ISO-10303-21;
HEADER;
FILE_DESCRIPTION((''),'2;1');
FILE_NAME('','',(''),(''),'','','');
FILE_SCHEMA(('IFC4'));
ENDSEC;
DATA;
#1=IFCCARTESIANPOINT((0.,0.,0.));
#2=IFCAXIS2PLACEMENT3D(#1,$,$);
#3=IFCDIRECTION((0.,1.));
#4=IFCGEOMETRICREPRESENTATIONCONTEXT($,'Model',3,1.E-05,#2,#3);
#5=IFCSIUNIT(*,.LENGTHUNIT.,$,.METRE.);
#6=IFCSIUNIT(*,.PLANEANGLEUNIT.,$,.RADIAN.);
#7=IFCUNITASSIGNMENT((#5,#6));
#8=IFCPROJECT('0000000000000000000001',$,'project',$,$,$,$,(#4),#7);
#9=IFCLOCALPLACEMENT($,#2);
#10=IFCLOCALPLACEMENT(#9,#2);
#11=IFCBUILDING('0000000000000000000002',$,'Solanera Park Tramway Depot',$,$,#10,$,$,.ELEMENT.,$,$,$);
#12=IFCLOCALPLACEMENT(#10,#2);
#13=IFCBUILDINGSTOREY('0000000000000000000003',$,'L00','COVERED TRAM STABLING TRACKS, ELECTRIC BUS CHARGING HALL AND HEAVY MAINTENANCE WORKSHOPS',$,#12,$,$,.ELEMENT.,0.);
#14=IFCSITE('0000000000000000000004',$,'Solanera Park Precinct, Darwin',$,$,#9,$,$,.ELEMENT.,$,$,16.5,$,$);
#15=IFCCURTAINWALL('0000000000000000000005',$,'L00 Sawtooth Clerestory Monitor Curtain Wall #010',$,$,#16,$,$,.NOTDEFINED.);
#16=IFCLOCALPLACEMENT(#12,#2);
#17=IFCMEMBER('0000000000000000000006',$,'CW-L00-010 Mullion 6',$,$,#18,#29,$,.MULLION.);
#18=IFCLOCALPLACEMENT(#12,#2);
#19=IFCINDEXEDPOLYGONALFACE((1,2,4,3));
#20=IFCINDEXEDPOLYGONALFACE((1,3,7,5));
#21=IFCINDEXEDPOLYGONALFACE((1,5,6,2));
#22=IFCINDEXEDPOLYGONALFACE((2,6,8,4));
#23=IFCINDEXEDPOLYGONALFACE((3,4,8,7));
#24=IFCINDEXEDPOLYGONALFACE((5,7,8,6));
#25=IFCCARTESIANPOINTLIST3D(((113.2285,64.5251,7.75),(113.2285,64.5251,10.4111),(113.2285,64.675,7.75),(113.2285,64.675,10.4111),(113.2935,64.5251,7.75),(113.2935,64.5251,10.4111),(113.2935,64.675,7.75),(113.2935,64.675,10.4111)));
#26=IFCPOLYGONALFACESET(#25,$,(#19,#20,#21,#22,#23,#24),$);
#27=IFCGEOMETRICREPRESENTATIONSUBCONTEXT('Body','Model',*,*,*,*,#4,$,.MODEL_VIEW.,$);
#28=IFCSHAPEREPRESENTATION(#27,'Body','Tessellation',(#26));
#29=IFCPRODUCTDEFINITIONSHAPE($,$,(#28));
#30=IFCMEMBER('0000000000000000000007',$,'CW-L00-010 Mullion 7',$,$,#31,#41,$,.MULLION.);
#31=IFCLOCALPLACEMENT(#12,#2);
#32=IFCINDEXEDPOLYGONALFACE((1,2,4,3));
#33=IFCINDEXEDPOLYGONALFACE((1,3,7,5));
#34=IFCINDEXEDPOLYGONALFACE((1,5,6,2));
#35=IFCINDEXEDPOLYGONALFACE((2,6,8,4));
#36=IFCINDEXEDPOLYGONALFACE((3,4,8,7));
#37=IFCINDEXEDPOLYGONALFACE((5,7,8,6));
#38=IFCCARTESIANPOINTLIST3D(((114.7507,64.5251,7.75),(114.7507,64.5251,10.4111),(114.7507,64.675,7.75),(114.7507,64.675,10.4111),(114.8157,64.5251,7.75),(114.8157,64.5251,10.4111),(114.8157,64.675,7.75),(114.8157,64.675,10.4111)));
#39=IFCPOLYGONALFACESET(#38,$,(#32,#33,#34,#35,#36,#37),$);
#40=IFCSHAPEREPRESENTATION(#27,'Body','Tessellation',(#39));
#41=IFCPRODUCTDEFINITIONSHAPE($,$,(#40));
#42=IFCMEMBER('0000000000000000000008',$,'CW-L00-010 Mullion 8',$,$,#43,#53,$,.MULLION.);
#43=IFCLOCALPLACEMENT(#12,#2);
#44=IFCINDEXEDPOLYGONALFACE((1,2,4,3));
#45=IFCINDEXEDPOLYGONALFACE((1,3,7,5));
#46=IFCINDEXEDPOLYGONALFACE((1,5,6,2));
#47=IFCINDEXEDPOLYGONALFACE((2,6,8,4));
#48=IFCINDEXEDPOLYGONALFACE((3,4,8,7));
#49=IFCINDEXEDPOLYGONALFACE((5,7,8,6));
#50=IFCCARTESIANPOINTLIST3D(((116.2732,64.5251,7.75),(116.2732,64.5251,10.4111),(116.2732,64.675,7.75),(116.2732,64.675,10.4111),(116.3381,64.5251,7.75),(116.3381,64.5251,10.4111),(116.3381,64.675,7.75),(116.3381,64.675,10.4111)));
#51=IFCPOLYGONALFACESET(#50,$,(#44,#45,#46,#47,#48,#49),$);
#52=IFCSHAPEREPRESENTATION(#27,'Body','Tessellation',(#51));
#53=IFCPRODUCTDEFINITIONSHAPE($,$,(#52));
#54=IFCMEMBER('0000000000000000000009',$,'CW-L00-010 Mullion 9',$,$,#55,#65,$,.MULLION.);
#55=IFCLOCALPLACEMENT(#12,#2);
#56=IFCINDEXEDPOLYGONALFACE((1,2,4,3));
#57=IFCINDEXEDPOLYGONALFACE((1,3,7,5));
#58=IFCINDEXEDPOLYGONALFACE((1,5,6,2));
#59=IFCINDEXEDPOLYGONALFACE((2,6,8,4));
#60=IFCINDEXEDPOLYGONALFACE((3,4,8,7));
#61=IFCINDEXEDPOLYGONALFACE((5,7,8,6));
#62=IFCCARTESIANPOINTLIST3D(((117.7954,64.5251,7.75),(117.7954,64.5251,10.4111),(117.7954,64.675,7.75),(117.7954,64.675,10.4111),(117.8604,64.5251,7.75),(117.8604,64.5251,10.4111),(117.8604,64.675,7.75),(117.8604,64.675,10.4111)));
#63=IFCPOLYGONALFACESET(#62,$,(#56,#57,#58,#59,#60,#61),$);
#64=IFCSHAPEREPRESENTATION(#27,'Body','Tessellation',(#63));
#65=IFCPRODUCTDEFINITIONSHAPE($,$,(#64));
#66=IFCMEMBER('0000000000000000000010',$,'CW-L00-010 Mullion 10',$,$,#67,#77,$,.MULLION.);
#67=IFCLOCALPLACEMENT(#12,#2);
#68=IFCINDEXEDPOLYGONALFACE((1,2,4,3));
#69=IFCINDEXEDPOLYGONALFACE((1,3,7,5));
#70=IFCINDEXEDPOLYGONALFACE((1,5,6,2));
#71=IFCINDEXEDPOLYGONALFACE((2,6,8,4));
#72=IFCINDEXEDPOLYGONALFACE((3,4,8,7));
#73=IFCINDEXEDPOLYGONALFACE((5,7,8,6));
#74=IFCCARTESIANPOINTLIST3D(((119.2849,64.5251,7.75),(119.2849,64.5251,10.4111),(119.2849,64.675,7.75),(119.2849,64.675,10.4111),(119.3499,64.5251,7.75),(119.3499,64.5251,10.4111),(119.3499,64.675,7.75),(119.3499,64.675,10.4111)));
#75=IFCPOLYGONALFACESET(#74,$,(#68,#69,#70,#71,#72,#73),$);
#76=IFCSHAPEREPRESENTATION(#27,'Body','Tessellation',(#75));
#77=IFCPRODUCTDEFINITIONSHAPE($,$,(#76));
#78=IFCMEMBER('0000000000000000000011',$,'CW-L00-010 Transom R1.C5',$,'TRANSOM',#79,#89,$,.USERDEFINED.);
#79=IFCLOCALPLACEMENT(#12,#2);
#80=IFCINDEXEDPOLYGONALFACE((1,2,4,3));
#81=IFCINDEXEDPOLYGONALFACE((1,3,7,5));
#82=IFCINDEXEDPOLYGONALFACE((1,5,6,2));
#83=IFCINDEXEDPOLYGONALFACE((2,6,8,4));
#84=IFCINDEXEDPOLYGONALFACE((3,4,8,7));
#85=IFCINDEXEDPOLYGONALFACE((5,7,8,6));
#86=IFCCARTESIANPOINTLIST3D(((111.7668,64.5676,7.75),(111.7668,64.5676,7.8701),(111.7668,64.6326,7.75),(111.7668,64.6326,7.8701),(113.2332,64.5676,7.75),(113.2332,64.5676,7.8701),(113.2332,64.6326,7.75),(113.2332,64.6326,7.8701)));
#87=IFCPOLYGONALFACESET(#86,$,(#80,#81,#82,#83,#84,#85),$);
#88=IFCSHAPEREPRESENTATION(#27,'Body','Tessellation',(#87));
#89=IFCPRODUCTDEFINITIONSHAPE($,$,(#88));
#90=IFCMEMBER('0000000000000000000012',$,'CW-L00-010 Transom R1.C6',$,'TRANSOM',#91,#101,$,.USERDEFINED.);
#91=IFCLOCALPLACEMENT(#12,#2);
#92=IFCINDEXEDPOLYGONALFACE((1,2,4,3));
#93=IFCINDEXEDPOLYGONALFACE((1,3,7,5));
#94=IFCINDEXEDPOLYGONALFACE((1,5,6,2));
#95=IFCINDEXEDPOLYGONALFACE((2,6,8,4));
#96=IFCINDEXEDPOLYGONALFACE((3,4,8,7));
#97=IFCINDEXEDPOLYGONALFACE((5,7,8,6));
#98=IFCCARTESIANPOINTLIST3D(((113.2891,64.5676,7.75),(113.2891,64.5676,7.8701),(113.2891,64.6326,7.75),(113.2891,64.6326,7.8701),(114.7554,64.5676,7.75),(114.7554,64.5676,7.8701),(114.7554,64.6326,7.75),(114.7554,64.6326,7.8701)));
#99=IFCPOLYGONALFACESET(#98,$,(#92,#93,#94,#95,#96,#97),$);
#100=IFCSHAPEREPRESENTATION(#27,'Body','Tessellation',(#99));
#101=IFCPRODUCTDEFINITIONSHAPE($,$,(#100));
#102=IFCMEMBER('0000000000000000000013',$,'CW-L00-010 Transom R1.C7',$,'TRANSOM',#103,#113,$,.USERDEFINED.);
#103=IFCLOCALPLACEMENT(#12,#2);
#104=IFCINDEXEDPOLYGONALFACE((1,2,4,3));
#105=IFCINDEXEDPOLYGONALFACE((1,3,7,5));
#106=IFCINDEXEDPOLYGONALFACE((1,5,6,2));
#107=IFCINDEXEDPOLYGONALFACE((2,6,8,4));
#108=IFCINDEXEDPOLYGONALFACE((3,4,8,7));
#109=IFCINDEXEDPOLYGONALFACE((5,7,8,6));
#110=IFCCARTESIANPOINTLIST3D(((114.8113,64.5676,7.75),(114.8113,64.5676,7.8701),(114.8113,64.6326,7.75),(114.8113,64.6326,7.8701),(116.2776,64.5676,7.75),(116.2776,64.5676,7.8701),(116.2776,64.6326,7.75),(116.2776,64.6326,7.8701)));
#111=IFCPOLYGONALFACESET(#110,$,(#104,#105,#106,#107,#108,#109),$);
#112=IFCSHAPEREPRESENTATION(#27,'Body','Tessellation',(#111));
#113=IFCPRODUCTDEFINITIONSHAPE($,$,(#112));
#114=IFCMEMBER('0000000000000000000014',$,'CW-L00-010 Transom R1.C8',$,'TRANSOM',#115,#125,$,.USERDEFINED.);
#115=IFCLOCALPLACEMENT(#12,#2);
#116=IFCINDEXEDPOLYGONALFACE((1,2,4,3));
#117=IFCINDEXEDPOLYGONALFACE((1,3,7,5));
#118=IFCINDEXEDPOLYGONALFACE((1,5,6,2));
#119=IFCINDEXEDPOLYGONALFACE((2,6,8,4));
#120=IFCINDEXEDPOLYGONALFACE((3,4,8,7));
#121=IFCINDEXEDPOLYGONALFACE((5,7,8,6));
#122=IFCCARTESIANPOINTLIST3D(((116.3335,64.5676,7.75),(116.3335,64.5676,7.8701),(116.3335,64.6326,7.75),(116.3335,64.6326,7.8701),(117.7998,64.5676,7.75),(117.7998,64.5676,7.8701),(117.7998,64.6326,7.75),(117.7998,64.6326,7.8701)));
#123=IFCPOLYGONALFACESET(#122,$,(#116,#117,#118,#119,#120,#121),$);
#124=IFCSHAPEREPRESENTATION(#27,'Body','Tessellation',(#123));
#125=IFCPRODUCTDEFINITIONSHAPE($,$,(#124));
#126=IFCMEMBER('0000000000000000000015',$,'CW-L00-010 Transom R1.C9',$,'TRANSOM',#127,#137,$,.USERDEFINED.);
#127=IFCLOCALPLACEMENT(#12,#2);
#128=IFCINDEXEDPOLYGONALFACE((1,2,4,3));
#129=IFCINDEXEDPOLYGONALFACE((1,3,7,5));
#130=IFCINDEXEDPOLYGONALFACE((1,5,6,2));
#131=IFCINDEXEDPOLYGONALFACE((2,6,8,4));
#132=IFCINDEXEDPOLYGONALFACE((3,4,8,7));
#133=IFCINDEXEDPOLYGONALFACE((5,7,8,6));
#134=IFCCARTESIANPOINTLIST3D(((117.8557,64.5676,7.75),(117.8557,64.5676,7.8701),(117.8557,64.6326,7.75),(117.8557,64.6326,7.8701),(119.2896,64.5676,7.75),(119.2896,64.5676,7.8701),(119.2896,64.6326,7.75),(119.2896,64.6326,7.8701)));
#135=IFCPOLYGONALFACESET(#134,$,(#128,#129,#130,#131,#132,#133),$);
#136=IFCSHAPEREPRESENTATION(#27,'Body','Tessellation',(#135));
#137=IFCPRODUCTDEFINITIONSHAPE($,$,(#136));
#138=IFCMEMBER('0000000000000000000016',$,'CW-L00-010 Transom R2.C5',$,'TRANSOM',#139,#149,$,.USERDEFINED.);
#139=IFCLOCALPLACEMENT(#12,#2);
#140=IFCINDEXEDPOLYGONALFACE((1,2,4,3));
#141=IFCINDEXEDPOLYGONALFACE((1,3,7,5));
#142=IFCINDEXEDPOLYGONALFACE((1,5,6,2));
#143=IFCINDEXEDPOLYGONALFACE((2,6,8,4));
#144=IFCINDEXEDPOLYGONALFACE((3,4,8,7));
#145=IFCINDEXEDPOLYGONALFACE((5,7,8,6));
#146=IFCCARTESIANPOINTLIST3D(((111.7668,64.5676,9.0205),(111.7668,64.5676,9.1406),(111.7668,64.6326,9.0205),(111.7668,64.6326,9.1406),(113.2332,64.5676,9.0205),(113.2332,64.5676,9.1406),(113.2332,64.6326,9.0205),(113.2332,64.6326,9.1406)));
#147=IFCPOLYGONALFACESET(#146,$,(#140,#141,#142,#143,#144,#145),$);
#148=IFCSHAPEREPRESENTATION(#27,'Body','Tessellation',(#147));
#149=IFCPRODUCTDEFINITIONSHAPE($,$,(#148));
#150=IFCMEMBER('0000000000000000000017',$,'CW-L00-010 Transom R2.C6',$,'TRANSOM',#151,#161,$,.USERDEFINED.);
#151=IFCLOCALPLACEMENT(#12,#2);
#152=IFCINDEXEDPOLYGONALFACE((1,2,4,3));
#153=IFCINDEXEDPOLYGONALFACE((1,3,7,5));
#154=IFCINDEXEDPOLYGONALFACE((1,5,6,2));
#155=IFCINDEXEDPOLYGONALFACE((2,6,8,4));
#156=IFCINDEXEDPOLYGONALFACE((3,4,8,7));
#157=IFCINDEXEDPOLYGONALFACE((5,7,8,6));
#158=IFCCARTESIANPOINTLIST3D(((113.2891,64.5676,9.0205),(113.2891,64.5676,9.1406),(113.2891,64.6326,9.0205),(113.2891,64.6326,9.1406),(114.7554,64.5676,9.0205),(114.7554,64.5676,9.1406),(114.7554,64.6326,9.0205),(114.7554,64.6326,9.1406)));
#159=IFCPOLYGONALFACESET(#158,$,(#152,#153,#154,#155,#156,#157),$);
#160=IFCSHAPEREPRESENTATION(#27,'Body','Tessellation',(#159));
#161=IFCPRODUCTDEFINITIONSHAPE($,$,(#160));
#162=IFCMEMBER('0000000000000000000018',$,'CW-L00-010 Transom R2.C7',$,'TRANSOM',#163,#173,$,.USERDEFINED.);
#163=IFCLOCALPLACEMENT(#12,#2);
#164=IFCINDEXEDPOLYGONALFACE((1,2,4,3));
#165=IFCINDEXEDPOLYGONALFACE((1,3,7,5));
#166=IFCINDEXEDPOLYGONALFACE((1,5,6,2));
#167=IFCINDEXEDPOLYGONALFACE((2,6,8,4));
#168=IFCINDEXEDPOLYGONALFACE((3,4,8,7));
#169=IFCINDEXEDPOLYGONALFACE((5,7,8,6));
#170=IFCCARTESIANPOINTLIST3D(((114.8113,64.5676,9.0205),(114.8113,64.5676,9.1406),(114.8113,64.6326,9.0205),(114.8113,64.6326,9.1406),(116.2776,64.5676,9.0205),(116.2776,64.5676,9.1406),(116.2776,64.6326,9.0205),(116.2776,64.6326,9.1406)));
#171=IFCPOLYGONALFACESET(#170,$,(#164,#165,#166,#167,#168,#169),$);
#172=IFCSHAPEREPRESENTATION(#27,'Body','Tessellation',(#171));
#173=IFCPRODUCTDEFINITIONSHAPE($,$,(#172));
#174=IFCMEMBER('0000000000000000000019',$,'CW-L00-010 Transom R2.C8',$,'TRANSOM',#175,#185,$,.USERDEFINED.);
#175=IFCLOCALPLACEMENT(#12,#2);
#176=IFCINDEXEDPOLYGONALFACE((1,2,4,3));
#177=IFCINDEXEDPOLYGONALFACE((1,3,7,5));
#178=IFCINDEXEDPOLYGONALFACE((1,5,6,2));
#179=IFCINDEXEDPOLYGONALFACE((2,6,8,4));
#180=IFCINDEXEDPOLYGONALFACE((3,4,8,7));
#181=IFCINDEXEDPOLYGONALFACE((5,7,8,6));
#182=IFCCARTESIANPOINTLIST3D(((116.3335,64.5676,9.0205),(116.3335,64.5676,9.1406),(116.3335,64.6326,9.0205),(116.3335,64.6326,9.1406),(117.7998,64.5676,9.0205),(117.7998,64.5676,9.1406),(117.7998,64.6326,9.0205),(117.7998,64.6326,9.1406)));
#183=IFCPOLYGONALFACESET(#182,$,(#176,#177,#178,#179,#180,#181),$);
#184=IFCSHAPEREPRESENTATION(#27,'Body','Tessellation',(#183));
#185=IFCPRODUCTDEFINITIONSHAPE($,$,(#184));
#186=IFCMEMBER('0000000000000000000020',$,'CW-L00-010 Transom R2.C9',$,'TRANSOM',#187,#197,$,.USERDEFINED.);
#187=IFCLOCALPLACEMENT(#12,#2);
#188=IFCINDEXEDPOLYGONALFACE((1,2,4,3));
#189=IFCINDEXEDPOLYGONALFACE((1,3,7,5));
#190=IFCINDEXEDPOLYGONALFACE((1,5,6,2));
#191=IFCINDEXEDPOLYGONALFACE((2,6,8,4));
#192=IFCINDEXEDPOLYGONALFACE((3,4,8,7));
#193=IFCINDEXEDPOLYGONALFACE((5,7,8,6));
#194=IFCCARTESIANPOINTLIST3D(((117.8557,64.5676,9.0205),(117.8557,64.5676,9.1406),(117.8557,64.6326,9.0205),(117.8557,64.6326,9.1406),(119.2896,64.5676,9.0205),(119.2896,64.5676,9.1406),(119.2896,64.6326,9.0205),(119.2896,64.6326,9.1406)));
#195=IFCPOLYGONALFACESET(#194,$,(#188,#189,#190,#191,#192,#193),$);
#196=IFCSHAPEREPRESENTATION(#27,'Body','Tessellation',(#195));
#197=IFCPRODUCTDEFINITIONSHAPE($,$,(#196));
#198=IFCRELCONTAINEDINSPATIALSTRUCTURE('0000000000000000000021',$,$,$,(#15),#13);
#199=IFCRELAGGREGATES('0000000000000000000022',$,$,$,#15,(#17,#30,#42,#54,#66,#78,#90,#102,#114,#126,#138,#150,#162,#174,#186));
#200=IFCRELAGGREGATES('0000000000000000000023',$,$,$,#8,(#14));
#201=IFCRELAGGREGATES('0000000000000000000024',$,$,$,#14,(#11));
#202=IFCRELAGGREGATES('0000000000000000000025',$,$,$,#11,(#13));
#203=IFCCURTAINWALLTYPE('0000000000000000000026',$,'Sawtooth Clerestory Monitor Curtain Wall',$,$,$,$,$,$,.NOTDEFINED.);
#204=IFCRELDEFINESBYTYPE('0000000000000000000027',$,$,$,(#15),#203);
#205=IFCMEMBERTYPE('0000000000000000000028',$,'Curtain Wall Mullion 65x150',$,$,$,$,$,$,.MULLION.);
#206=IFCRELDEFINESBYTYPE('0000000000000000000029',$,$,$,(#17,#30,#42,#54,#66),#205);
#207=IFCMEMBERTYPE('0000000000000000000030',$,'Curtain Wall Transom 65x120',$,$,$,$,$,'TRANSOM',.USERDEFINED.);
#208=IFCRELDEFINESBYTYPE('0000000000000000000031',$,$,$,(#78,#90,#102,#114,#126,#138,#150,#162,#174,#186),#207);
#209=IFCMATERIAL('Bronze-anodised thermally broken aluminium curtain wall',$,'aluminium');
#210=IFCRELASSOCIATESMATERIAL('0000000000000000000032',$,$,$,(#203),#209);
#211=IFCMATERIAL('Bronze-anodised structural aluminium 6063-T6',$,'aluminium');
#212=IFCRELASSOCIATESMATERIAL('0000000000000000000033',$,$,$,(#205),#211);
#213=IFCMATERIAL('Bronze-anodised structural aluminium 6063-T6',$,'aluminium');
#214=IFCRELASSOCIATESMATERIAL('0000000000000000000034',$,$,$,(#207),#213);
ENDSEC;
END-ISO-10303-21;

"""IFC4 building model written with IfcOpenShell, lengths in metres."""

from ifc_helpers import new_model, si_unit, direction, frame, origin, origin_2d, place, context, subcontext, project, spatial, rectangle, extrude, material, material_profile, profile_set, type_object, element, aggregate, save


model = new_model("IFC4")

# Units and contexts
model_context = context("Model", 3, precision=1e-05, world=origin(), true_north=direction((0.0, 1.0)))
body_context = subcontext(model_context, "Body", "Model", "MODEL_VIEW")
ifc_project = project(units=[si_unit("LENGTHUNIT", "METRE"), si_unit("PLANEANGLEUNIT", "RADIAN")], contexts=[model_context])

# Site, building, storey
site_placement = place(None, origin())
site = spatial("IfcSite", under=ifc_project, at=site_placement, Name="Solanera Park Precinct, Darwin", CompositionType="ELEMENT", RefElevation=16.5)
building_placement = place(site_placement, origin())
building = spatial("IfcBuilding", under=site, at=building_placement, Name="Solanera Park Tramway Depot", CompositionType="ELEMENT")
storey_placement = place(building_placement, origin())
storey = spatial("IfcBuildingStorey", under=building, at=storey_placement, Name="L00", Description="COVERED TRAM STABLING TRACKS, ELECTRIC BUS CHARGING HALL AND HEAVY MAINTENANCE WORKSHOPS", CompositionType="ELEMENT", Elevation=0.0)

# Curtain wall, members
ifc_material_1 = material(Name="Bronze-anodised thermally broken aluminium curtain wall", Category="aluminium")
curtain_wall_type = type_object("IfcCurtainWallType", Name="Sawtooth Clerestory Monitor Curtain Wall", PredefinedType="NOTDEFINED", material=ifc_material_1)
curtain_wall_placement = place(storey_placement, origin())
curtain_wall = element("IfcCurtainWall", 1, at=curtain_wall_placement, inside=storey, type_object=curtain_wall_type, Name="L00 Sawtooth Clerestory Monitor Curtain Wall #010", PredefinedType="NOTDEFINED")
ifc_material_2 = material(Name="Bronze-anodised structural aluminium 6063-T6", Category="aluminium")
ifc_material_profile_1 = material_profile(ifc_material_2, rectangle(XDim=0.0649, YDim=0.1499, at=origin_2d()), Name="Curtain Wall Mullion 65x150")
ifc_profile_set_1 = profile_set([ifc_material_profile_1], Name="Bronze-anodised structural aluminium 6063-T6")
member_type_1 = type_object("IfcMemberType", Name="Curtain Wall Mullion 65x150", PredefinedType="MULLION", material=ifc_profile_set_1)
member_1_placement = place(storey_placement, frame((113.261, 64.6001, 7.75), z_axis=(0.0, 0.0, 1.0), x_axis=(1.0, 0.0, 0.0)))
member_1 = element("IfcMember", 2, at=member_1_placement, type_object=member_type_1, Name="CW-L00-010 Mullion 6", PredefinedType="MULLION", context=body_context, shape_type="SweptSolid", body=[
    extrude(rectangle(XDim=0.0649, YDim=0.1499, at=origin_2d()), origin(), (0.0, 0.0, 1.0), 2.6611),
])
member_2_placement = place(storey_placement, frame((114.7832, 64.6001, 7.75), z_axis=(0.0, 0.0, 1.0), x_axis=(1.0, 0.0, 0.0)))
member_2 = element("IfcMember", 3, at=member_2_placement, type_object=member_type_1, Name="CW-L00-010 Mullion 7", PredefinedType="MULLION", context=body_context, shape_type="SweptSolid", body=[
    extrude(rectangle(XDim=0.0649, YDim=0.1499, at=origin_2d()), origin(), (0.0, 0.0, 1.0), 2.6611),
])
member_3_placement = place(storey_placement, frame((116.3057, 64.6001, 7.75), z_axis=(0.0, 0.0, 1.0), x_axis=(1.0, 0.0, 0.0)))
member_3 = element("IfcMember", 4, at=member_3_placement, type_object=member_type_1, Name="CW-L00-010 Mullion 8", PredefinedType="MULLION", context=body_context, shape_type="SweptSolid", body=[
    extrude(rectangle(XDim=0.0649, YDim=0.1499, at=origin_2d()), origin(), (0.0, 0.0, 1.0), 2.6611),
])
member_4_placement = place(storey_placement, frame((117.8279, 64.6001, 7.75), z_axis=(0.0, 0.0, 1.0), x_axis=(1.0, 0.0, 0.0)))
member_4 = element("IfcMember", 5, at=member_4_placement, type_object=member_type_1, Name="CW-L00-010 Mullion 9", PredefinedType="MULLION", context=body_context, shape_type="SweptSolid", body=[
    extrude(rectangle(XDim=0.0649, YDim=0.1499, at=origin_2d()), origin(), (0.0, 0.0, 1.0), 2.6611),
])
member_5_placement = place(storey_placement, frame((119.3174, 64.6001, 7.75), z_axis=(0.0, 0.0, 1.0), x_axis=(1.0, 0.0, 0.0)))
member_5 = element("IfcMember", 6, at=member_5_placement, type_object=member_type_1, Name="CW-L00-010 Mullion 10", PredefinedType="MULLION", context=body_context, shape_type="SweptSolid", body=[
    extrude(rectangle(XDim=0.0649, YDim=0.1499, at=origin_2d()), origin(), (0.0, 0.0, 1.0), 2.6611),
])
ifc_material_3 = material(Name="Bronze-anodised structural aluminium 6063-T6", Category="aluminium")
ifc_material_profile_2 = material_profile(ifc_material_3, rectangle(XDim=0.0649, YDim=0.1201, at=origin_2d()), Name="Curtain Wall Transom 65x120")
ifc_profile_set_2 = profile_set([ifc_material_profile_2], Name="Bronze-anodised structural aluminium 6063-T6")
member_type_2 = type_object("IfcMemberType", Name="Curtain Wall Transom 65x120", ElementType="TRANSOM", PredefinedType="USERDEFINED", material=ifc_profile_set_2)
member_6_placement = place(storey_placement, frame((111.7668, 64.6001, 7.8101), z_axis=(1.0, 0.0, 0.0), x_axis=(0.0, 1.0, 0.0)))
member_6 = element("IfcMember", 7, at=member_6_placement, type_object=member_type_2, Name="CW-L00-010 Transom R1.C5", ObjectType="TRANSOM", PredefinedType="USERDEFINED", context=body_context, shape_type="SweptSolid", body=[
    extrude(rectangle(XDim=0.0649, YDim=0.1201, at=origin_2d()), origin(), (0.0, 0.0, 1.0), 1.4663),
])
member_7_placement = place(storey_placement, frame((113.2891, 64.6001, 7.8101), z_axis=(1.0, 0.0, 0.0), x_axis=(0.0, 1.0, 0.0)))
member_7 = element("IfcMember", 8, at=member_7_placement, type_object=member_type_2, Name="CW-L00-010 Transom R1.C6", ObjectType="TRANSOM", PredefinedType="USERDEFINED", context=body_context, shape_type="SweptSolid", body=[
    extrude(rectangle(XDim=0.0649, YDim=0.1201, at=origin_2d()), origin(), (0.0, 0.0, 1.0), 1.4663),
])
member_8_placement = place(storey_placement, frame((114.8113, 64.6001, 7.8101), z_axis=(1.0, 0.0, 0.0), x_axis=(0.0, 1.0, 0.0)))
member_8 = element("IfcMember", 9, at=member_8_placement, type_object=member_type_2, Name="CW-L00-010 Transom R1.C7", ObjectType="TRANSOM", PredefinedType="USERDEFINED", context=body_context, shape_type="SweptSolid", body=[
    extrude(rectangle(XDim=0.0649, YDim=0.1201, at=origin_2d()), origin(), (0.0, 0.0, 1.0), 1.4663),
])
member_9_placement = place(storey_placement, frame((116.3335, 64.6001, 7.8101), z_axis=(1.0, 0.0, 0.0), x_axis=(0.0, 1.0, 0.0)))
member_9 = element("IfcMember", 10, at=member_9_placement, type_object=member_type_2, Name="CW-L00-010 Transom R1.C8", ObjectType="TRANSOM", PredefinedType="USERDEFINED", context=body_context, shape_type="SweptSolid", body=[
    extrude(rectangle(XDim=0.0649, YDim=0.1201, at=origin_2d()), origin(), (0.0, 0.0, 1.0), 1.4663),
])
member_10_placement = place(storey_placement, frame((117.8557, 64.6001, 7.8101), z_axis=(1.0, 0.0, 0.0), x_axis=(0.0, 1.0, 0.0)))
member_10 = element("IfcMember", 11, at=member_10_placement, type_object=member_type_2, Name="CW-L00-010 Transom R1.C9", ObjectType="TRANSOM", PredefinedType="USERDEFINED", context=body_context, shape_type="SweptSolid", body=[
    extrude(rectangle(XDim=0.0649, YDim=0.1201, at=origin_2d()), origin(), (0.0, 0.0, 1.0), 1.4338),
])
member_11_placement = place(storey_placement, frame((111.7668, 64.6001, 9.0806), z_axis=(1.0, 0.0, 0.0), x_axis=(0.0, 1.0, 0.0)))
member_11 = element("IfcMember", 12, at=member_11_placement, type_object=member_type_2, Name="CW-L00-010 Transom R2.C5", ObjectType="TRANSOM", PredefinedType="USERDEFINED", context=body_context, shape_type="SweptSolid", body=[
    extrude(rectangle(XDim=0.0649, YDim=0.1201, at=origin_2d()), origin(), (0.0, 0.0, 1.0), 1.4663),
])
member_12_placement = place(storey_placement, frame((113.2891, 64.6001, 9.0806), z_axis=(1.0, 0.0, 0.0), x_axis=(0.0, 1.0, 0.0)))
member_12 = element("IfcMember", 13, at=member_12_placement, type_object=member_type_2, Name="CW-L00-010 Transom R2.C6", ObjectType="TRANSOM", PredefinedType="USERDEFINED", context=body_context, shape_type="SweptSolid", body=[
    extrude(rectangle(XDim=0.0649, YDim=0.1201, at=origin_2d()), origin(), (0.0, 0.0, 1.0), 1.4663),
])
member_13_placement = place(storey_placement, frame((114.8113, 64.6001, 9.0806), z_axis=(1.0, 0.0, 0.0), x_axis=(0.0, 1.0, 0.0)))
member_13 = element("IfcMember", 14, at=member_13_placement, type_object=member_type_2, Name="CW-L00-010 Transom R2.C7", ObjectType="TRANSOM", PredefinedType="USERDEFINED", context=body_context, shape_type="SweptSolid", body=[
    extrude(rectangle(XDim=0.0649, YDim=0.1201, at=origin_2d()), origin(), (0.0, 0.0, 1.0), 1.4663),
])
member_14_placement = place(storey_placement, frame((116.3335, 64.6001, 9.0806), z_axis=(1.0, 0.0, 0.0), x_axis=(0.0, 1.0, 0.0)))
member_14 = element("IfcMember", 15, at=member_14_placement, type_object=member_type_2, Name="CW-L00-010 Transom R2.C8", ObjectType="TRANSOM", PredefinedType="USERDEFINED", context=body_context, shape_type="SweptSolid", body=[
    extrude(rectangle(XDim=0.0649, YDim=0.1201, at=origin_2d()), origin(), (0.0, 0.0, 1.0), 1.4663),
])
member_15_placement = place(storey_placement, frame((117.8557, 64.6001, 9.0806), z_axis=(1.0, 0.0, 0.0), x_axis=(0.0, 1.0, 0.0)))
member_15 = element("IfcMember", 16, at=member_15_placement, type_object=member_type_2, Name="CW-L00-010 Transom R2.C9", ObjectType="TRANSOM", PredefinedType="USERDEFINED", context=body_context, shape_type="SweptSolid", body=[
    extrude(rectangle(XDim=0.0649, YDim=0.1201, at=origin_2d()), origin(), (0.0, 0.0, 1.0), 1.4338),
])
aggregate(curtain_wall, [member_1, member_2, member_3, member_4, member_5, member_6, member_7, member_8, member_9, member_10, member_11, member_12, member_13, member_14, member_15])

save(model, "model.ifc")
